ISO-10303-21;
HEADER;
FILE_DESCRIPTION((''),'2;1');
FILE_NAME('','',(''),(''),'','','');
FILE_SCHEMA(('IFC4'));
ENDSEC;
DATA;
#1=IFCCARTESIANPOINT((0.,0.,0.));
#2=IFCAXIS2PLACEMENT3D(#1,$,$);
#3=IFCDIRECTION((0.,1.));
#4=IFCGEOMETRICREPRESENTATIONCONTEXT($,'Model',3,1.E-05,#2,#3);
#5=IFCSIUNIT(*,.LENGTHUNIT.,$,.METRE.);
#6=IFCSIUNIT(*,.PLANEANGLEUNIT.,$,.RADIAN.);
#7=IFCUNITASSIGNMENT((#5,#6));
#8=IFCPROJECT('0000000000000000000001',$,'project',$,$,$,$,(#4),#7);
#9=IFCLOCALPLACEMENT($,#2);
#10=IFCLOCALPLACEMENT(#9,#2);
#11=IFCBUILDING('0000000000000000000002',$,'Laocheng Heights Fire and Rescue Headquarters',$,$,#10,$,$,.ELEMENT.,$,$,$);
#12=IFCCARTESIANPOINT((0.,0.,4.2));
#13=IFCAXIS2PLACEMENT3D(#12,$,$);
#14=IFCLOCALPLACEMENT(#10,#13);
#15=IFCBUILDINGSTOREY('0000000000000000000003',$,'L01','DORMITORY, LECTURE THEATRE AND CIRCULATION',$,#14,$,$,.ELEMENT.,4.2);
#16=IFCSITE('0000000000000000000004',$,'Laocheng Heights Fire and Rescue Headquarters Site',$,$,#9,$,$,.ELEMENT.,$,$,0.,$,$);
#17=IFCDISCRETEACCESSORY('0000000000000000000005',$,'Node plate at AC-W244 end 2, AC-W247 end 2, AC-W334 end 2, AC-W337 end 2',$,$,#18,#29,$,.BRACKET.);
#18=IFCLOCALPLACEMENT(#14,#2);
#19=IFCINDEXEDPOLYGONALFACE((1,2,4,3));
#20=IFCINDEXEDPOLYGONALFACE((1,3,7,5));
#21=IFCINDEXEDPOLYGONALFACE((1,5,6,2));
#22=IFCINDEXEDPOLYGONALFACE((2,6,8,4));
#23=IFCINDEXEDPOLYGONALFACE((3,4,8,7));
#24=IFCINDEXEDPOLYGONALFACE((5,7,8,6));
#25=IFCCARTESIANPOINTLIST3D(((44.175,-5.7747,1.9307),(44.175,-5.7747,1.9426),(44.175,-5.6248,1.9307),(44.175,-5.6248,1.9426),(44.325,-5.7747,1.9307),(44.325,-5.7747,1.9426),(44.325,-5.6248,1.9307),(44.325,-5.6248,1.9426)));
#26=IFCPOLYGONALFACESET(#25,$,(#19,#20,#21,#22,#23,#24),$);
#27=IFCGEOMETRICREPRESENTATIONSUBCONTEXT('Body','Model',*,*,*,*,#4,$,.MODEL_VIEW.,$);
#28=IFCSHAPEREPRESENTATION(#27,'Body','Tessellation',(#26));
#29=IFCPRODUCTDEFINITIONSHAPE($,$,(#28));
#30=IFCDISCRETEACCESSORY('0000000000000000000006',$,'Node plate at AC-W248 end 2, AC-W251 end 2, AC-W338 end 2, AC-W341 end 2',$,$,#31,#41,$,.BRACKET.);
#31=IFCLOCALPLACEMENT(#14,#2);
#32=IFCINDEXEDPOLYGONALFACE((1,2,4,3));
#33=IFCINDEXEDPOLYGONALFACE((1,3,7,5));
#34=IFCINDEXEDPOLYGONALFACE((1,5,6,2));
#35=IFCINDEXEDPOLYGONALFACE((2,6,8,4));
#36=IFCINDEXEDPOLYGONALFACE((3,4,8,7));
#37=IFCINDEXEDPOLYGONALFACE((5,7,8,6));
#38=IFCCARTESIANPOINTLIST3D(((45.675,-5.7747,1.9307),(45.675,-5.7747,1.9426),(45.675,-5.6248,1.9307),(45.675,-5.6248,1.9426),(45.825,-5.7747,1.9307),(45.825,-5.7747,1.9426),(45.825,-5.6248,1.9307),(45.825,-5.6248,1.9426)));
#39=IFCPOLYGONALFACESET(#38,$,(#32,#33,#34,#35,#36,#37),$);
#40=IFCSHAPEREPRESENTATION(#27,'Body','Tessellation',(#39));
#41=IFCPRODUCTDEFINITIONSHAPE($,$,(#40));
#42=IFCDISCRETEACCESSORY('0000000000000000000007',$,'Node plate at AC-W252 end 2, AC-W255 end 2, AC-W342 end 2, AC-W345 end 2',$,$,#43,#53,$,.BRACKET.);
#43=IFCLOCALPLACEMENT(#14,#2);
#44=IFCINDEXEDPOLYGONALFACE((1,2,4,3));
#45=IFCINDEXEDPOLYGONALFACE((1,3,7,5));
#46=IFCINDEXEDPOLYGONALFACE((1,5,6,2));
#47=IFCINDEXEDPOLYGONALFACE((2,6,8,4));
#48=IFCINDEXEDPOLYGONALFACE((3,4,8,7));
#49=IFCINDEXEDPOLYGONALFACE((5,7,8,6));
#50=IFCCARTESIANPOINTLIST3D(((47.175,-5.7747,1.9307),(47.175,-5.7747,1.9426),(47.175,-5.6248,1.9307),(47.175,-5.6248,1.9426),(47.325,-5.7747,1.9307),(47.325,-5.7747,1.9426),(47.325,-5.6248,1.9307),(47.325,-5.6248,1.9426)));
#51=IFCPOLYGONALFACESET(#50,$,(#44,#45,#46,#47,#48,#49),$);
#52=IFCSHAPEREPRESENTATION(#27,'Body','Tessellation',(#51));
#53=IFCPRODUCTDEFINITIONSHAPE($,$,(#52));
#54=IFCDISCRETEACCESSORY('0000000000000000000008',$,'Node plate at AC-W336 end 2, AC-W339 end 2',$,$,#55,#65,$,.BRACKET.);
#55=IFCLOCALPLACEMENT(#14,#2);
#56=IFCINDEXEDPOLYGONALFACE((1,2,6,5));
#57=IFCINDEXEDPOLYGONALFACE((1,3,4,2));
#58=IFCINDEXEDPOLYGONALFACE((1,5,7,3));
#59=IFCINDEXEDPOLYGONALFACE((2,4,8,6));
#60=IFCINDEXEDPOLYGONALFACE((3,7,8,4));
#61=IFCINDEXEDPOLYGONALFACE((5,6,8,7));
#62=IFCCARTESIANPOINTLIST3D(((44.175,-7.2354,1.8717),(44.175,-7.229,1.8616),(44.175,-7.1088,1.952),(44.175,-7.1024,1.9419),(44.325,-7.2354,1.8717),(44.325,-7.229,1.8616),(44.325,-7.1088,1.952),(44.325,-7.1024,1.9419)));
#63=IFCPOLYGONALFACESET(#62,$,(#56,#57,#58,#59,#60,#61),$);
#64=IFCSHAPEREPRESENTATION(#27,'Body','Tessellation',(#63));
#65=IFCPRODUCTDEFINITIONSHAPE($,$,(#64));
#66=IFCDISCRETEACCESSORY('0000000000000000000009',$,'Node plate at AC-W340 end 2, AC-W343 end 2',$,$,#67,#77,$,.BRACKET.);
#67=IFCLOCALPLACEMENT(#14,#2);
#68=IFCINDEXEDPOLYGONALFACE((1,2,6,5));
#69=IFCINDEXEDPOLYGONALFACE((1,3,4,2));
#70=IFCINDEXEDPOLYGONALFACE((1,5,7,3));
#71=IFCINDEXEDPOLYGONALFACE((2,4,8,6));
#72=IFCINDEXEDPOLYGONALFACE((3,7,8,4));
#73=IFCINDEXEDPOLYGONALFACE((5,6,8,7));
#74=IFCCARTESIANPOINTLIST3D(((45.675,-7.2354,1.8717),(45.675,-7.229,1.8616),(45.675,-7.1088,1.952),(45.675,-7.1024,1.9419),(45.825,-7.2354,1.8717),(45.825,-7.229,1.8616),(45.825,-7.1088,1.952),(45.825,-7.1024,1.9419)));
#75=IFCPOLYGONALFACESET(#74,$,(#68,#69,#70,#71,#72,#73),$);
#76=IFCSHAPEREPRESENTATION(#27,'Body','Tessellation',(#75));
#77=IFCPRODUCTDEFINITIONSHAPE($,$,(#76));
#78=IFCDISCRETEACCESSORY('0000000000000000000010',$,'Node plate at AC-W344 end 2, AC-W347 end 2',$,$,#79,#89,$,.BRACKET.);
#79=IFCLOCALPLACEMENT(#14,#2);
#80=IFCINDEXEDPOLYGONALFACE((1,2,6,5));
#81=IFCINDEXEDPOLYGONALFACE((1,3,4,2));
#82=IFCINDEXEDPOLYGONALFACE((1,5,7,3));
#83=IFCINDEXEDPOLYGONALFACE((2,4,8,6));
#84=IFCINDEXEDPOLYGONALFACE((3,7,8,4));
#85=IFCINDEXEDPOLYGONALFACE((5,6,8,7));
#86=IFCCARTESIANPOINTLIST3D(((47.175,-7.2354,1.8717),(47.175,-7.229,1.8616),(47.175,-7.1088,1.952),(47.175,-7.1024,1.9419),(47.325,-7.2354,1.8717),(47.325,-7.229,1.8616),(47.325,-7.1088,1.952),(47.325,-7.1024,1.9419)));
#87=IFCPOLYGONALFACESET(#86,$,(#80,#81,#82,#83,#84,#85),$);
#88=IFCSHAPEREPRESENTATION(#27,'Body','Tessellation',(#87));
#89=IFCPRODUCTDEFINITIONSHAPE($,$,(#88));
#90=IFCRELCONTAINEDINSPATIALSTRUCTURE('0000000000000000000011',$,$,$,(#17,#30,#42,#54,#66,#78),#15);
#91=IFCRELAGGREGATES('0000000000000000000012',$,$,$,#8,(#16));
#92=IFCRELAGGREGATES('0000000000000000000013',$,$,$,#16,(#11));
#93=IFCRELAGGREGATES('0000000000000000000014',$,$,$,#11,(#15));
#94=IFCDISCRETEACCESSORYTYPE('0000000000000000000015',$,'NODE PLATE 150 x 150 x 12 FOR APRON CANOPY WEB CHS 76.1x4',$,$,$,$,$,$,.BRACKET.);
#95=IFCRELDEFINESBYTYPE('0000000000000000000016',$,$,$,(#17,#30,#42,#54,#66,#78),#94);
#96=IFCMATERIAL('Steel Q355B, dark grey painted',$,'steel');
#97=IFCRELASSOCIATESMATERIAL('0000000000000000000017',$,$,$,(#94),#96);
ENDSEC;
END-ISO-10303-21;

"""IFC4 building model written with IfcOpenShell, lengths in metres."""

from ifc_helpers import new_model, si_unit, direction, frame, origin, origin_2d, place, context, subcontext, project, spatial, rectangle, extrude, material, material_profile, profile_set, type_object, element, save


model = new_model("IFC4")

# Units and contexts
model_context = context("Model", 3, precision=1e-05, world=origin(), true_north=direction((0.0, 1.0)))
body_context = subcontext(model_context, "Body", "Model", "MODEL_VIEW")
ifc_project = project(units=[si_unit("LENGTHUNIT", "METRE"), si_unit("PLANEANGLEUNIT", "RADIAN")], contexts=[model_context])

# Site, building, storey
site_placement = place(None, origin())
site = spatial("IfcSite", under=ifc_project, at=site_placement, Name="Laocheng Heights Fire and Rescue Headquarters Site", CompositionType="ELEMENT", RefElevation=0.0)
building_placement = place(site_placement, origin())
building = spatial("IfcBuilding", under=site, at=building_placement, Name="Laocheng Heights Fire and Rescue Headquarters", CompositionType="ELEMENT")
storey_placement = place(building_placement, frame((0.0, 0.0, 4.2)))
storey = spatial("IfcBuildingStorey", under=building, at=storey_placement, Name="L01", Description="DORMITORY, LECTURE THEATRE AND CIRCULATION", CompositionType="ELEMENT", Elevation=4.2)

# Discrete accessories
ifc_material_1 = material(Name="Steel Q355B, dark grey painted", Category="steel")
ifc_material_profile_1 = material_profile(ifc_material_1, rectangle(XDim=0.1499, YDim=0.1499, at=origin_2d()), Name="NODE PLATE 150 x 150 x 12 FOR APRON CANOPY WEB CHS 76.1x4")
ifc_profile_set_1 = profile_set([ifc_material_profile_1], Name="Steel Q355B, dark grey painted")
discrete_accessory_type = type_object("IfcDiscreteAccessoryType", Name="NODE PLATE 150 x 150 x 12 FOR APRON CANOPY WEB CHS 76.1x4", PredefinedType="BRACKET", material=ifc_profile_set_1)
for number, where, z_axis, x_axis, name in (
    (1, (44.25, -5.6997, 1.9426), (0.0, 0.0, -1.0), (1.0, 0.0, 0.0), "Node plate at AC-W244 end 2, AC-W247 end 2, AC-W334 end 2, AC-W337 end 2"),
    (2, (45.75, -5.6997, 1.9426), (0.0, 0.0, -1.0), (1.0, 0.0, 0.0), "Node plate at AC-W248 end 2, AC-W251 end 2, AC-W338 end 2, AC-W341 end 2"),
    (3, (47.25, -5.6997, 1.9426), (0.0, 0.0, -1.0), (1.0, 0.0, 0.0), "Node plate at AC-W252 end 2, AC-W255 end 2, AC-W342 end 2, AC-W345 end 2"),
    (4, (44.25, -7.1721, 1.9119), (0.0, 0.535542, -0.844509), (-1.0, 0.0, 0.0), "Node plate at AC-W336 end 2, AC-W339 end 2"),
    (5, (45.75, -7.1721, 1.9119), (0.0, 0.535542, -0.844509), (-1.0, 0.0, 0.0), "Node plate at AC-W340 end 2, AC-W343 end 2"),
    (6, (47.25, -7.1721, 1.9119), (0.0, 0.535542, -0.844509), (-1.0, 0.0, 0.0), "Node plate at AC-W344 end 2, AC-W347 end 2"),
):
    element("IfcDiscreteAccessory", number, at=place(storey_placement, frame(where, z_axis=z_axis, x_axis=x_axis)), inside=storey, type_object=discrete_accessory_type, Name=name, PredefinedType="BRACKET", context=body_context, shape_type="SweptSolid", body=[
        extrude(rectangle(XDim=0.1499, YDim=0.1499, at=origin_2d()), origin(), (0.0, 0.0, 1.0), 0.012),
    ])

save(model, "model.ifc")
